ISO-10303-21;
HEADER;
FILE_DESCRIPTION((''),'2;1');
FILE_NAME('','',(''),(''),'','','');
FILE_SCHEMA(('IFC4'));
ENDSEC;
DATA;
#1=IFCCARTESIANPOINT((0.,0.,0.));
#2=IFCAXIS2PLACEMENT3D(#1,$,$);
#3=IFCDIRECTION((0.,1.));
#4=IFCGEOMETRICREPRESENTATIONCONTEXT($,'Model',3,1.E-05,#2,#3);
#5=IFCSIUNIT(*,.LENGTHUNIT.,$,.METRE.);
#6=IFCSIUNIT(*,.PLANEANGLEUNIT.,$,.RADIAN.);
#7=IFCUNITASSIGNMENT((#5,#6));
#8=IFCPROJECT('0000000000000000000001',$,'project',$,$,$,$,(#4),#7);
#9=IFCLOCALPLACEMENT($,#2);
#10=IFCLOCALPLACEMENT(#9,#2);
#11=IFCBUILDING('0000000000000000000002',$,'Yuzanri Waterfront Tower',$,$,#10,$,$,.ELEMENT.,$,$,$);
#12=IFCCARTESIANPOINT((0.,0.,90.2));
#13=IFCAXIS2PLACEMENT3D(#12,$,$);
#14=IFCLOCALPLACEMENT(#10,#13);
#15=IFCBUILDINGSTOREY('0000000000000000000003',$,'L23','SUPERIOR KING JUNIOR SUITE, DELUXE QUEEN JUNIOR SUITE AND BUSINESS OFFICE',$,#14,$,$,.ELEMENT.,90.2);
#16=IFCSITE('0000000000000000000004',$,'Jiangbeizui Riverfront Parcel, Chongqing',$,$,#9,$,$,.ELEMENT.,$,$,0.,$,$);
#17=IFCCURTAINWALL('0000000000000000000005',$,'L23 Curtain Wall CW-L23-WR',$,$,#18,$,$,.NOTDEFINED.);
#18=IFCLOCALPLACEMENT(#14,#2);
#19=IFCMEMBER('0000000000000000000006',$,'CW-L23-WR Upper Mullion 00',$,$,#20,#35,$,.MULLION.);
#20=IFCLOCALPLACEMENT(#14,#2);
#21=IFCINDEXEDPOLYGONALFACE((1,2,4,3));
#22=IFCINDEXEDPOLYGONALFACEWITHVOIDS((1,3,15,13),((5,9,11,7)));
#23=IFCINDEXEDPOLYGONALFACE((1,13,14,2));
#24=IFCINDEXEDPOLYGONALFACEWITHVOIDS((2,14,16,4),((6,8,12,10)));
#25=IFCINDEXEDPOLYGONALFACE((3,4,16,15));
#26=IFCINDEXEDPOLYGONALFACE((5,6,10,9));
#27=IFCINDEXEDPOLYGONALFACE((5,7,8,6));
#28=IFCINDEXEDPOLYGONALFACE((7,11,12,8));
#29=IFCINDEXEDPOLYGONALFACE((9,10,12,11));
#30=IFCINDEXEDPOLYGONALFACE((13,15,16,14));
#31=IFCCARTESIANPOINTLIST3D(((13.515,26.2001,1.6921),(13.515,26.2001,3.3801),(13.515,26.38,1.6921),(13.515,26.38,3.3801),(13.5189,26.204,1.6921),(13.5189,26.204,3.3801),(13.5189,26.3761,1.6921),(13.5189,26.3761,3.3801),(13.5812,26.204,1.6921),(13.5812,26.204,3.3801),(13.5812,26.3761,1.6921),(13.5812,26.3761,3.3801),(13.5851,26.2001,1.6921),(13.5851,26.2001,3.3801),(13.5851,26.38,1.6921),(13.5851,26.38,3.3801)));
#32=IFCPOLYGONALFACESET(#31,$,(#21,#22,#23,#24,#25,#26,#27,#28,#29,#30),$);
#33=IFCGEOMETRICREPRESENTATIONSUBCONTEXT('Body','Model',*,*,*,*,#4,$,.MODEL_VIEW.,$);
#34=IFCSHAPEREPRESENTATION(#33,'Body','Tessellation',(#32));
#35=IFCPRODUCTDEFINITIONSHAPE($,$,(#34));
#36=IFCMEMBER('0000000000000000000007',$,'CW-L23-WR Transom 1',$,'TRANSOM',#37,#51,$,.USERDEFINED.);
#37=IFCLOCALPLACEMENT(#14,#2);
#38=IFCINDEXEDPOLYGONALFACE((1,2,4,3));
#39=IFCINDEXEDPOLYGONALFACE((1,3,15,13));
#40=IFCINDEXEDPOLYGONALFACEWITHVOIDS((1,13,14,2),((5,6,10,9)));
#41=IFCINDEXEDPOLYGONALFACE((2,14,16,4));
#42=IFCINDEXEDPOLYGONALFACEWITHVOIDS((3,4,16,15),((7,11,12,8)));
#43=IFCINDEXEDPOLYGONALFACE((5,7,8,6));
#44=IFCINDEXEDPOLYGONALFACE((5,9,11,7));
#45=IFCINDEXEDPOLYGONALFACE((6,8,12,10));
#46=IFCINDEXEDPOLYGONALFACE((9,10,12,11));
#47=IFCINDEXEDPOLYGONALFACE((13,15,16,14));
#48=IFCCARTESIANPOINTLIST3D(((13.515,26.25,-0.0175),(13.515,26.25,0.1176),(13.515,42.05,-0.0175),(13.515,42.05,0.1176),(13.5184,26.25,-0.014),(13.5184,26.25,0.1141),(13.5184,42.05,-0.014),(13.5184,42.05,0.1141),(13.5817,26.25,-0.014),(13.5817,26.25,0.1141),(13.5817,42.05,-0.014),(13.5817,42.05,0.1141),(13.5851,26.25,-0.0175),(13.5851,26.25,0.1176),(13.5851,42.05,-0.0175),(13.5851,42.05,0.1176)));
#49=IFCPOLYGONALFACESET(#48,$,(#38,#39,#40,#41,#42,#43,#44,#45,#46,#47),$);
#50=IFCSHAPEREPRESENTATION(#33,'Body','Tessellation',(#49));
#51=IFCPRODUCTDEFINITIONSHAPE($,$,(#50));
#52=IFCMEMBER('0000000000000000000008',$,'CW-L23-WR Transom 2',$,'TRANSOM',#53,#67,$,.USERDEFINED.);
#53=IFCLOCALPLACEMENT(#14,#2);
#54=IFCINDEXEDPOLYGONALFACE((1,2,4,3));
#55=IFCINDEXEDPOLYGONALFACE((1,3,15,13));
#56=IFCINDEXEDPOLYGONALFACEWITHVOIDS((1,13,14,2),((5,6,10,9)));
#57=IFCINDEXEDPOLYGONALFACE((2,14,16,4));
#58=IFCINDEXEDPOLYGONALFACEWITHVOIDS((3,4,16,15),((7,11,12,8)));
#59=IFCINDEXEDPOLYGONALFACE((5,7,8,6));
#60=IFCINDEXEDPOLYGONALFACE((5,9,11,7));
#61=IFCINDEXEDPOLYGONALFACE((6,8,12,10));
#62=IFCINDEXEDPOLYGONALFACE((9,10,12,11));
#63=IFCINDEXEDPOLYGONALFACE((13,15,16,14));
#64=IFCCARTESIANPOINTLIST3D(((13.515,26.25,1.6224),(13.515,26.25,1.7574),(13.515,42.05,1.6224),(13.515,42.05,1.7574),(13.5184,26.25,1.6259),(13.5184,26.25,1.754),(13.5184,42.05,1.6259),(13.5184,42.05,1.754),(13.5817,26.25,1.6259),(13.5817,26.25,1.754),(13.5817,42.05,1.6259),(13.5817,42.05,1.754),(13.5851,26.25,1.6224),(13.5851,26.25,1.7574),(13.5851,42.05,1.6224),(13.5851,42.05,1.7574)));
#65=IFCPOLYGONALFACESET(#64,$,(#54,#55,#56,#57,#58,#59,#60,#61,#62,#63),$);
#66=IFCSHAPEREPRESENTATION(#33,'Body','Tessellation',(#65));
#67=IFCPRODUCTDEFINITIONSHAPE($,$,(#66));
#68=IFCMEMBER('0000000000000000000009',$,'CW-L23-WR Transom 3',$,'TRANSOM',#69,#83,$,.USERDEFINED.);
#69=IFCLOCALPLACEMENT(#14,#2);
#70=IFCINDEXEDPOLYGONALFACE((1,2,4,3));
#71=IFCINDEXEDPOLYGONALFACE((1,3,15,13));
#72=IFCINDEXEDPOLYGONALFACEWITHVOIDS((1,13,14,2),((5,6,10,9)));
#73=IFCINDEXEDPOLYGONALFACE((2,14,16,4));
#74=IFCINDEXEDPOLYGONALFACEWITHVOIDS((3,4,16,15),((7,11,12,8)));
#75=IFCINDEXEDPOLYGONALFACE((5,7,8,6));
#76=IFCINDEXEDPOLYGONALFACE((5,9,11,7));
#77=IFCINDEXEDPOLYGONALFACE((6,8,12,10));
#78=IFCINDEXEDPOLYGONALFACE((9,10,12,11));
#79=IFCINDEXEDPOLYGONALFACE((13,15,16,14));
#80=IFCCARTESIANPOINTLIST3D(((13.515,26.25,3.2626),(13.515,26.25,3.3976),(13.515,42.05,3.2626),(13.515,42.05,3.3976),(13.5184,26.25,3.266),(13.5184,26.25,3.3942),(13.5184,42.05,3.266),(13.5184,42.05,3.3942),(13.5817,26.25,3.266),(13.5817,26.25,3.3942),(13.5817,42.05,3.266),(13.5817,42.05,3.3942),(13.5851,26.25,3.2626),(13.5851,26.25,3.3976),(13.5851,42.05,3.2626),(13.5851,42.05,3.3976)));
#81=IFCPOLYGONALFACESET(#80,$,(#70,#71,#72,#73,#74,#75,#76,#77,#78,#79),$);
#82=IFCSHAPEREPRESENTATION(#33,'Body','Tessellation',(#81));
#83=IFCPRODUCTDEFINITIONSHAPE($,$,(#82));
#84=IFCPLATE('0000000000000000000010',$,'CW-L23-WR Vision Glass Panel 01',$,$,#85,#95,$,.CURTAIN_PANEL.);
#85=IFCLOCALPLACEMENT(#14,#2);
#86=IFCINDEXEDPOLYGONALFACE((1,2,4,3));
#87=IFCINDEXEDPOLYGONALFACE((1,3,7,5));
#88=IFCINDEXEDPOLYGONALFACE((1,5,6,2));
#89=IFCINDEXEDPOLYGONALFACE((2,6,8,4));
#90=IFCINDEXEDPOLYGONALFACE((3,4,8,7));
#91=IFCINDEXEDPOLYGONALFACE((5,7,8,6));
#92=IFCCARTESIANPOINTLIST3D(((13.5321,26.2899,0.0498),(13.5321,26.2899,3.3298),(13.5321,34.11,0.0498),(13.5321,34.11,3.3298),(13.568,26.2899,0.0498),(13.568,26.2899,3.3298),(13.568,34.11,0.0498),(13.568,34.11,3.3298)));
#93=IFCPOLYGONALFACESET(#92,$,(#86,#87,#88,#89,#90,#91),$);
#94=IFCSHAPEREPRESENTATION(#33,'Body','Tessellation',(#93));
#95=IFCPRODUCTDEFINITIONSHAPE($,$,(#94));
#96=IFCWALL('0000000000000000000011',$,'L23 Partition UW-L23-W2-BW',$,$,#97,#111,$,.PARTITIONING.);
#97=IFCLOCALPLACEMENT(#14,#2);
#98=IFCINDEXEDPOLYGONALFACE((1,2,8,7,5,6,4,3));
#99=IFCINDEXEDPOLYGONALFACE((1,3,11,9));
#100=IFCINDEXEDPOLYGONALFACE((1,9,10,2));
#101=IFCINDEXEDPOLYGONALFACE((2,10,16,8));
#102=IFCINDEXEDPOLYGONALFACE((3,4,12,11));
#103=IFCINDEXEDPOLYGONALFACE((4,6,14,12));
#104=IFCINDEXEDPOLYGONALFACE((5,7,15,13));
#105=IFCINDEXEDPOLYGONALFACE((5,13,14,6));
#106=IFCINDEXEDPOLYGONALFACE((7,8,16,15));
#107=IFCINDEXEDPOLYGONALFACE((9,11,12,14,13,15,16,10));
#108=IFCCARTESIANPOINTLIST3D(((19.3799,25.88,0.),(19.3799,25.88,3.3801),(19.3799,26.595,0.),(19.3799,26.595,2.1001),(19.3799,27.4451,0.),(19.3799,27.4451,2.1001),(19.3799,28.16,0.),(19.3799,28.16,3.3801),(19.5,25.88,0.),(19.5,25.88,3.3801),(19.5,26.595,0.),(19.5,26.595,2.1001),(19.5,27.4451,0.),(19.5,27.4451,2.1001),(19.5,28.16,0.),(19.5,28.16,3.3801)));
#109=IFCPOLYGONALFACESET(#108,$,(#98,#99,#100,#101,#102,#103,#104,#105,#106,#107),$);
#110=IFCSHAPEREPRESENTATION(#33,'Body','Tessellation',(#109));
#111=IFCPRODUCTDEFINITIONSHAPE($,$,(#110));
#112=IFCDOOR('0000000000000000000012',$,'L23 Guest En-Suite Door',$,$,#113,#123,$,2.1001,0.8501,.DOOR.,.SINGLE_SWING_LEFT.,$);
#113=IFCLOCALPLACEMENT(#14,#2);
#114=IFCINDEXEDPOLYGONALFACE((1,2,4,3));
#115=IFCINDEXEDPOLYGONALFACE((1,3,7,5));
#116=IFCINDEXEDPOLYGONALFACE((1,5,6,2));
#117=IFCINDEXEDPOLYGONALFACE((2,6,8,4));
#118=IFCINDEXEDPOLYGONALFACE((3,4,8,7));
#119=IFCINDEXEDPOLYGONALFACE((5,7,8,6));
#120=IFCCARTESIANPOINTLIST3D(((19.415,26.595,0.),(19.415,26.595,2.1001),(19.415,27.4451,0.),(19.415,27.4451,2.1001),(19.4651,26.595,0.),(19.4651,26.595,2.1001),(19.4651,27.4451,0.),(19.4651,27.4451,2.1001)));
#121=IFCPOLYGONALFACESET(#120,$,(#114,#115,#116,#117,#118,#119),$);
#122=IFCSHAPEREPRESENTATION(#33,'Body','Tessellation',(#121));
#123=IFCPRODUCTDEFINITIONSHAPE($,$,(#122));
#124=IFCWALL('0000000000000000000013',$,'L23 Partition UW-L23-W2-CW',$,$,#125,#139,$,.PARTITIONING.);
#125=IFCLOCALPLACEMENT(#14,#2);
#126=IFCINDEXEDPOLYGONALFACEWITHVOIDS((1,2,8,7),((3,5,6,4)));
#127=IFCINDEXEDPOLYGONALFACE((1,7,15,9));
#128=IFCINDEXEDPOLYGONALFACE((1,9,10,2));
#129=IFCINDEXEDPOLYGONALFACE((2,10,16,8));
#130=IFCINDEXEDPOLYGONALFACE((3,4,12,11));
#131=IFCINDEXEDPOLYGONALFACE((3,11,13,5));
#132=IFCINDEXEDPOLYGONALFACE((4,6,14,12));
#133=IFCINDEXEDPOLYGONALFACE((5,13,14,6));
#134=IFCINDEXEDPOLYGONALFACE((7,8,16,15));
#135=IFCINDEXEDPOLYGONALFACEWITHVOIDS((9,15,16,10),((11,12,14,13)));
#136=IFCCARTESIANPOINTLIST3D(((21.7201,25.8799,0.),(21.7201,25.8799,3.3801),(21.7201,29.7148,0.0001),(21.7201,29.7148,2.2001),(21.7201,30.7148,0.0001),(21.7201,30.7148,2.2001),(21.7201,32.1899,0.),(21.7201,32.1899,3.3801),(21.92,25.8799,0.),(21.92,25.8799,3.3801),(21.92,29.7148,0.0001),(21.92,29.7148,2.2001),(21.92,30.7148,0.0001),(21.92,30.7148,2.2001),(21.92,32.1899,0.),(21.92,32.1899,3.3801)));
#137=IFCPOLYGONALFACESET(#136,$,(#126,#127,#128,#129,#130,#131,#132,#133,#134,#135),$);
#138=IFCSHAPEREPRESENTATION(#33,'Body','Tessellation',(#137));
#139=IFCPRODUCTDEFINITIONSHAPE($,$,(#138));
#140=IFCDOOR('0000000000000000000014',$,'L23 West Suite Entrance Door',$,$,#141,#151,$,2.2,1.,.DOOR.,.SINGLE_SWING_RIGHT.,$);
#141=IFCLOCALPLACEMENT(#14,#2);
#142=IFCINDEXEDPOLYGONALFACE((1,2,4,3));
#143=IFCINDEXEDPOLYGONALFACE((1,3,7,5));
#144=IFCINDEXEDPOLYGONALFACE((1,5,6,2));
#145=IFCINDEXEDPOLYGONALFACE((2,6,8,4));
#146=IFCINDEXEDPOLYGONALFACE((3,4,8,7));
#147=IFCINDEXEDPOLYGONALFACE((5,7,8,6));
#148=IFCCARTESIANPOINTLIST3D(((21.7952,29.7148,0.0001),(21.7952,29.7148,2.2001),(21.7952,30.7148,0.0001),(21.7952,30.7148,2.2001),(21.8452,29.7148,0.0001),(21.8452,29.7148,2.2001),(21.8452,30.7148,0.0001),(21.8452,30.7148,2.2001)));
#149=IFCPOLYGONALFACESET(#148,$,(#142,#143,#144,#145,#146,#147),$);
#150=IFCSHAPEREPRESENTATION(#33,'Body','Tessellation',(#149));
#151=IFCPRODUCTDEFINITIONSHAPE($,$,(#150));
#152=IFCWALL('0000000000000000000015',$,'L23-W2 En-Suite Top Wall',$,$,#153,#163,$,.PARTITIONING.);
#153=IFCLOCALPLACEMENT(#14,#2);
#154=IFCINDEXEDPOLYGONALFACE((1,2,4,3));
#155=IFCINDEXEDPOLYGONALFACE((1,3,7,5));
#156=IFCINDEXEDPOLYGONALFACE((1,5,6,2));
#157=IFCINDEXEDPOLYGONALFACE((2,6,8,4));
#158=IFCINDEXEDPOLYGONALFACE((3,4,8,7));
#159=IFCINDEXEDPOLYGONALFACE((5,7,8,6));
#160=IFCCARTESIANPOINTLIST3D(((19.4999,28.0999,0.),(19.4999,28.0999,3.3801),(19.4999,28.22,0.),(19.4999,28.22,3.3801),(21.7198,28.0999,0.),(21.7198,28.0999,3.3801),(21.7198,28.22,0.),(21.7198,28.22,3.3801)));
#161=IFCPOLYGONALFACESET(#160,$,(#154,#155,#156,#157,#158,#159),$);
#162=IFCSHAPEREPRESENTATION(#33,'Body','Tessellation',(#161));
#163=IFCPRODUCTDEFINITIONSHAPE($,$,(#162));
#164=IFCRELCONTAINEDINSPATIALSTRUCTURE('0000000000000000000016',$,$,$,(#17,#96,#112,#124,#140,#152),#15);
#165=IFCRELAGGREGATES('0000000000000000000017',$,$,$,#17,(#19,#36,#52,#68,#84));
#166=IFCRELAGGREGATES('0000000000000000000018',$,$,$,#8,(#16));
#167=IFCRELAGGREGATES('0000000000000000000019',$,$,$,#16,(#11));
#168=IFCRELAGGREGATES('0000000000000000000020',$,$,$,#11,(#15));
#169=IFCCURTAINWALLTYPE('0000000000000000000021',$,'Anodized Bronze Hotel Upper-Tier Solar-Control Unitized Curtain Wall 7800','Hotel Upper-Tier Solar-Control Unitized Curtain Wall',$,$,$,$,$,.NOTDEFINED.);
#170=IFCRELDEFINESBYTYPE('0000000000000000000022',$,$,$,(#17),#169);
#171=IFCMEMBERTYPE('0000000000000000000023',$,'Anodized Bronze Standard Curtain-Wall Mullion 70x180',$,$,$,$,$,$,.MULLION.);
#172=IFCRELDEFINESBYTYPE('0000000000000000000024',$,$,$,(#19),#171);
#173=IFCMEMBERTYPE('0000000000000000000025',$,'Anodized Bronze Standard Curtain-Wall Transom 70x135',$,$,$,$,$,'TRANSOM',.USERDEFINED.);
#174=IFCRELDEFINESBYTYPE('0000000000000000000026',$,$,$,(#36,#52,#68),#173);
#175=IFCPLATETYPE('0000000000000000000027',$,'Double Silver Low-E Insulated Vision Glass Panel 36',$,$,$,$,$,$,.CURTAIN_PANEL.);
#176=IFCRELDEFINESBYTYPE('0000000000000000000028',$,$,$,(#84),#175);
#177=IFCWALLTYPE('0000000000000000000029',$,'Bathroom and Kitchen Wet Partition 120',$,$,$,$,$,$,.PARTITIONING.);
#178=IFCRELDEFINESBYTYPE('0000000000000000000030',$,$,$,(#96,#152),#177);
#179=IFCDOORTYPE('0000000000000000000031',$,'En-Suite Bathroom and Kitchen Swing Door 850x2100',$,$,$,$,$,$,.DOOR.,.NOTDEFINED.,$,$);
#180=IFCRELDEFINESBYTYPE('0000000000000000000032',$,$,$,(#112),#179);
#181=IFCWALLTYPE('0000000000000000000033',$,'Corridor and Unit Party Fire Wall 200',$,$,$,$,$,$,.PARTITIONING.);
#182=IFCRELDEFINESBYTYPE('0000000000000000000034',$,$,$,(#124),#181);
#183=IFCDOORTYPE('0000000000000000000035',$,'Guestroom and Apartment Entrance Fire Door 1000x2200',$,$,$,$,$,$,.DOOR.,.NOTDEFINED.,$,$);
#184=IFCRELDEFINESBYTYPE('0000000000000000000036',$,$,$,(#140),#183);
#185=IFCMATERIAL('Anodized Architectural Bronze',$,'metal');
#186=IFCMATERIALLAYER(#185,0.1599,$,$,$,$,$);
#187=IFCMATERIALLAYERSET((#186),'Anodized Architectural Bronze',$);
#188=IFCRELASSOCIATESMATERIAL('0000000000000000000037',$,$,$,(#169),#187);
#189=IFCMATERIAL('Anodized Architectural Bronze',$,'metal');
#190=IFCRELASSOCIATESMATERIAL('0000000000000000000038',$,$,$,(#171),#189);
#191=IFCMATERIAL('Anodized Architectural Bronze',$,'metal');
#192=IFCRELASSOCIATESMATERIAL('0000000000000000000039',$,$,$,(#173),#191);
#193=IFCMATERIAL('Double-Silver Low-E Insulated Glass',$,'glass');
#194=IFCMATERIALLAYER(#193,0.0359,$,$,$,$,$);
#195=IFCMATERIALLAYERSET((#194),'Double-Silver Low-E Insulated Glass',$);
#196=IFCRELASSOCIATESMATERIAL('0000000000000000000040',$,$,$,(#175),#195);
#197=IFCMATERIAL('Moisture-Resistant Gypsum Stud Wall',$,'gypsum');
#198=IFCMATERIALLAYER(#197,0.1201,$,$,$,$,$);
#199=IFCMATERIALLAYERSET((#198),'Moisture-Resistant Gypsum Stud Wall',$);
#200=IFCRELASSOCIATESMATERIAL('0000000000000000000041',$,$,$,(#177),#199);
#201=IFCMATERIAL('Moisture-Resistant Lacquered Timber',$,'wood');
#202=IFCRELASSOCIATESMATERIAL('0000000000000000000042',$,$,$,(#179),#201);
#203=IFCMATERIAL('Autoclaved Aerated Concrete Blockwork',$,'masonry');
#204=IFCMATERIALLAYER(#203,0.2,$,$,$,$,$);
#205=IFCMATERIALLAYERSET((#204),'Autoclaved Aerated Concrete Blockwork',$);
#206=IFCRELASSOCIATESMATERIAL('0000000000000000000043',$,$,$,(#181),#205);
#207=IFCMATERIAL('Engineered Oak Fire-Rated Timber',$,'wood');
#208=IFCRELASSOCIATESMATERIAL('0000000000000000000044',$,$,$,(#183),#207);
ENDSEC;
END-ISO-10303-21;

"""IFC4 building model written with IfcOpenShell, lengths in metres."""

from ifc_helpers import new_model, si_unit, direction, frame, frame_2d, origin, origin_2d, place, context, subcontext, project, spatial, rectangle, hollow_rectangle, extrude, source, transform, mapped, material, layer, layer_set, material_profile, profile_set, type_object, element, fill, aggregate, save


model = new_model("IFC4")

# Units and contexts
model_context = context("Model", 3, precision=1e-05, world=origin(), true_north=direction((0.0, 1.0)))
body_context = subcontext(model_context, "Body", "Model", "MODEL_VIEW")
ifc_project = project(units=[si_unit("LENGTHUNIT", "METRE"), si_unit("PLANEANGLEUNIT", "RADIAN")], contexts=[model_context])

# Site, building, storey
site_placement = place(None, origin())
site = spatial("IfcSite", under=ifc_project, at=site_placement, Name="Jiangbeizui Riverfront Parcel, Chongqing", CompositionType="ELEMENT", RefElevation=0.0)
building_placement = place(site_placement, origin())
building = spatial("IfcBuilding", under=site, at=building_placement, Name="Yuzanri Waterfront Tower", CompositionType="ELEMENT")
storey_placement = place(building_placement, frame((0.0, 0.0, 90.2)))
storey = spatial("IfcBuildingStorey", under=building, at=storey_placement, Name="L23", Description="SUPERIOR KING JUNIOR SUITE, DELUXE QUEEN JUNIOR SUITE AND BUSINESS OFFICE", CompositionType="ELEMENT", Elevation=90.2)

# Shared definitions
ifc_material_1 = material(Name="Anodized Architectural Bronze", Category="metal")
ifc_layer_1 = layer(ifc_material_1, 0.1599)
ifc_layer_set_1 = layer_set([ifc_layer_1], Name="Anodized Architectural Bronze")
curtain_wall_type = type_object("IfcCurtainWallType", Name="Anodized Bronze Hotel Upper-Tier Solar-Control Unitized Curtain Wall 7800", Description="Hotel Upper-Tier Solar-Control Unitized Curtain Wall", PredefinedType="NOTDEFINED", material=ifc_layer_set_1)
ifc_material_2 = material(Name="Anodized Architectural Bronze", Category="metal")
ifc_material_profile_1 = material_profile(ifc_material_2, hollow_rectangle(XDim=0.0701, YDim=0.1799, WallThickness=0.0039, at=origin_2d()), Name="CWM 70x180")
ifc_profile_set_1 = profile_set([ifc_material_profile_1], Name="Anodized Architectural Bronze")
member_type_1 = type_object("IfcMemberType", Name="Anodized Bronze Standard Curtain-Wall Mullion 70x180", PredefinedType="MULLION", material=ifc_profile_set_1)
shared_shape_1 = source(origin(), body_context, "Body", "SweptSolid", [
    extrude(hollow_rectangle(XDim=0.0701, YDim=0.1799, WallThickness=0.0039, at=origin_2d()), origin(), (0.0, 0.0, 1.0), 1.688),
])

# Curtain wall, members, plate
curtain_wall_1_placement = place(storey_placement, origin())
curtain_wall_1 = element("IfcCurtainWall", 1, at=curtain_wall_1_placement, inside=storey, type_object=curtain_wall_type, Name="L23 Curtain Wall CW-L23-WR", PredefinedType="NOTDEFINED")
member_1_placement = place(storey_placement, frame((13.55, 26.29, 1.6921), z_axis=(0.0, 0.0, 1.0), x_axis=(1.0, 0.0, 0.0)))
member_1 = element("IfcMember", 2, at=member_1_placement, type_object=member_type_1, Name="CW-L23-WR Upper Mullion 00", PredefinedType="MULLION", context=body_context, shape_type="MappedRepresentation", body=[
    mapped(shared_shape_1, transform((0.0, 0.0, 0.0), scale=1.0)),
])
ifc_material_3 = material(Name="Anodized Architectural Bronze", Category="metal")
ifc_material_profile_2 = material_profile(ifc_material_3, hollow_rectangle(XDim=0.0701, YDim=0.135, WallThickness=0.0034, at=origin_2d()), Name="CWT 70x135")
ifc_profile_set_2 = profile_set([ifc_material_profile_2], Name="Anodized Architectural Bronze")
member_type_2 = type_object("IfcMemberType", Name="Anodized Bronze Standard Curtain-Wall Transom 70x135", ElementType="TRANSOM", PredefinedType="USERDEFINED", material=ifc_profile_set_2)
shared_shape_2 = source(origin(), body_context, "Body", "SweptSolid", [
    extrude(hollow_rectangle(XDim=0.0701, YDim=0.135, WallThickness=0.0034, at=origin_2d()), origin(), (0.0, 0.0, 1.0), 15.8),
])
member_2_placement = place(storey_placement, frame((13.55, 26.25, 0.05), z_axis=(0.0, 1.0, 0.0), x_axis=(-1.0, 0.0, 0.0)))
member_2 = element("IfcMember", 3, at=member_2_placement, type_object=member_type_2, Name="CW-L23-WR Transom 1", ObjectType="TRANSOM", PredefinedType="USERDEFINED", context=body_context, shape_type="MappedRepresentation", body=[
    mapped(shared_shape_2, transform((0.0, 0.0, 0.0), scale=1.0)),
])
member_3_placement = place(storey_placement, frame((13.55, 26.25, 1.6899), z_axis=(0.0, 1.0, 0.0), x_axis=(-1.0, 0.0, 0.0)))
member_3 = element("IfcMember", 4, at=member_3_placement, type_object=member_type_2, Name="CW-L23-WR Transom 2", ObjectType="TRANSOM", PredefinedType="USERDEFINED", context=body_context, shape_type="MappedRepresentation", body=[
    mapped(shared_shape_2, transform((0.0, 0.0, 0.0), scale=1.0)),
])
member_4_placement = place(storey_placement, frame((13.55, 26.25, 3.3301), z_axis=(0.0, 1.0, 0.0), x_axis=(-1.0, 0.0, 0.0)))
member_4 = element("IfcMember", 5, at=member_4_placement, type_object=member_type_2, Name="CW-L23-WR Transom 3", ObjectType="TRANSOM", PredefinedType="USERDEFINED", context=body_context, shape_type="MappedRepresentation", body=[
    mapped(shared_shape_2, transform((0.0, 0.0, 0.0), scale=1.0)),
])
ifc_material_4 = material(Name="Double-Silver Low-E Insulated Glass", Category="glass")
ifc_layer_2 = layer(ifc_material_4, 0.0359)
ifc_layer_set_2 = layer_set([ifc_layer_2], Name="Double-Silver Low-E Insulated Glass")
plate_type = type_object("IfcPlateType", Name="Double Silver Low-E Insulated Vision Glass Panel 36", PredefinedType="CURTAIN_PANEL", material=ifc_layer_set_2)
shared_shape_3 = source(origin(), body_context, "Body", "SweptSolid", [
    extrude(rectangle(XDim=7.8201, YDim=0.0359, at=origin_2d()), origin(), (0.0, 0.0, 1.0), 3.28),
])
plate_placement = place(storey_placement, frame((13.55, 30.2, 0.0498), z_axis=(0.0, 0.0, 1.0), x_axis=(0.0, 1.0, 0.0)))
plate = element("IfcPlate", 6, at=plate_placement, type_object=plate_type, Name="CW-L23-WR Vision Glass Panel 01", PredefinedType="CURTAIN_PANEL", context=body_context, shape_type="MappedRepresentation", body=[
    mapped(shared_shape_3, transform((0.0, 0.0, 0.0), scale=1.0)),
])
aggregate(curtain_wall_1, [member_1, member_2, member_3, member_4, plate])

# Wall, opening, door
ifc_material_5 = material(Name="Moisture-Resistant Gypsum Stud Wall", Category="gypsum")
ifc_layer_3 = layer(ifc_material_5, 0.1201)
ifc_layer_set_3 = layer_set([ifc_layer_3], Name="Moisture-Resistant Gypsum Stud Wall")
wall_type_1 = type_object("IfcWallType", Name="Bathroom and Kitchen Wet Partition 120", PredefinedType="PARTITIONING", material=ifc_layer_set_3)
wall_1_placement = place(storey_placement, frame((19.4399, 25.8799, 0.0), z_axis=(0.0, 0.0, 1.0), x_axis=(0.0, 1.0, 0.0)))
wall_1 = element("IfcWall", 7, at=wall_1_placement, inside=storey, type_object=wall_type_1, Name="L23 Partition UW-L23-W2-BW", PredefinedType="PARTITIONING", context=body_context, shape_type="SweptSolid", body=[
    extrude(rectangle(XDim=2.28, YDim=0.1201, at=frame_2d((1.1401, 0.0))), origin(), (0.0, 0.0, 1.0), 3.3801),
])
opening_1_placement = place(wall_1_placement, frame((0.7151, 0.0, 0.0)))
opening_1 = element("IfcOpeningElement", 8, at=opening_1_placement, cuts=wall_1, PredefinedType="OPENING", context=body_context, shape_type="SweptSolid", body=[
    extrude(rectangle(XDim=0.8501, YDim=2.1001, at=frame_2d((0.425, 1.05))), frame((0.0, 0.075, 0.0), z_axis=(0.0, -1.0, 0.0), x_axis=(1.0, 0.0, 0.0)), (0.0, 0.0, 1.0), 0.1499),
])
ifc_material_6 = material(Name="Moisture-Resistant Lacquered Timber", Category="wood")
door_type_1 = type_object("IfcDoorType", Name="En-Suite Bathroom and Kitchen Swing Door 850x2100", OperationType="NOTDEFINED", PredefinedType="DOOR", material=ifc_material_6)
shared_shape_4 = source(origin(), body_context, "Body", "SweptSolid", [
    extrude(rectangle(XDim=0.8501, YDim=2.1001, at=frame_2d((0.425, 1.05))), frame((0.0, 0.0249, 0.0), z_axis=(0.0, -1.0, 0.0), x_axis=(1.0, 0.0, 0.0)), (0.0, 0.0, 1.0), 0.05),
])
door_1_placement = place(opening_1_placement, origin())
door_1 = element("IfcDoor", 9, at=door_1_placement, inside=storey, type_object=door_type_1, Name="L23 Guest En-Suite Door", OperationType="SINGLE_SWING_LEFT", OverallHeight=2.1001, OverallWidth=0.8501, PredefinedType="DOOR", context=body_context, shape_type="MappedRepresentation", body=[
    mapped(shared_shape_4, transform((0.0, 0.0, 0.0), scale=1.0)),
])
fill(opening_1, door_1)

# Wall, opening, door
ifc_material_7 = material(Name="Autoclaved Aerated Concrete Blockwork", Category="masonry")
ifc_layer_4 = layer(ifc_material_7, 0.2)
ifc_layer_set_4 = layer_set([ifc_layer_4], Name="Autoclaved Aerated Concrete Blockwork")
wall_type_2 = type_object("IfcWallType", Name="Corridor and Unit Party Fire Wall 200", PredefinedType="PARTITIONING", material=ifc_layer_set_4)
wall_2_placement = place(storey_placement, frame((21.8201, 25.8799, 0.0), z_axis=(0.0, 0.0, 1.0), x_axis=(0.0, 1.0, 0.0)))
wall_2 = element("IfcWall", 10, at=wall_2_placement, inside=storey, type_object=wall_type_2, Name="L23 Partition UW-L23-W2-CW", PredefinedType="PARTITIONING", context=body_context, shape_type="SweptSolid", body=[
    extrude(rectangle(XDim=6.3101, YDim=0.2, at=frame_2d((3.155, 0.0))), origin(), (0.0, 0.0, 1.0), 3.3801),
])
opening_2_placement = place(wall_2_placement, frame((3.835, 0.0, 0.0)))
opening_2 = element("IfcOpeningElement", 11, at=opening_2_placement, cuts=wall_2, PredefinedType="OPENING", context=body_context, shape_type="SweptSolid", body=[
    extrude(rectangle(XDim=1.0, YDim=2.2, at=frame_2d((0.5, 1.1001))), frame((0.0, 0.1147, 0.0), z_axis=(0.0, -1.0, 0.0), x_axis=(1.0, 0.0, 0.0)), (0.0, 0.0, 1.0), 0.2297),
])
ifc_material_8 = material(Name="Engineered Oak Fire-Rated Timber", Category="wood")
door_type_2 = type_object("IfcDoorType", Name="Guestroom and Apartment Entrance Fire Door 1000x2200", OperationType="NOTDEFINED", PredefinedType="DOOR", material=ifc_material_8)
shared_shape_5 = source(origin(), body_context, "Body", "SweptSolid", [
    extrude(rectangle(XDim=1.0, YDim=2.2, at=frame_2d((0.5, 1.1001))), frame((0.0, 0.0249, 0.0), z_axis=(0.0, -1.0, 0.0), x_axis=(1.0, 0.0, 0.0)), (0.0, 0.0, 1.0), 0.05),
])
door_2_placement = place(opening_2_placement, origin())
door_2 = element("IfcDoor", 12, at=door_2_placement, inside=storey, type_object=door_type_2, Name="L23 West Suite Entrance Door", OperationType="SINGLE_SWING_RIGHT", OverallHeight=2.2, OverallWidth=1.0, PredefinedType="DOOR", context=body_context, shape_type="MappedRepresentation", body=[
    mapped(shared_shape_5, transform((0.0, 0.0, 0.0), scale=1.0)),
])
fill(opening_2, door_2)

# Wall
shared_shape_6 = source(origin(), body_context, "Body", "SweptSolid", [
    extrude(rectangle(XDim=2.22, YDim=0.1201, at=frame_2d((1.1099, 0.0))), origin(), (0.0, 0.0, 1.0), 3.3801),
])
wall_3_placement = place(storey_placement, frame((19.5, 28.1599, 0.0), z_axis=(0.0, 0.0, 1.0), x_axis=(1.0, 0.0, 0.0)))
element("IfcWall", 13, at=wall_3_placement, inside=storey, type_object=wall_type_1, Name="L23-W2 En-Suite Top Wall", PredefinedType="PARTITIONING", context=body_context, shape_type="MappedRepresentation", body=[
    mapped(shared_shape_6, transform((0.0, 0.0, 0.0), scale=1.0)),
])

save(model, "model.ifc")
